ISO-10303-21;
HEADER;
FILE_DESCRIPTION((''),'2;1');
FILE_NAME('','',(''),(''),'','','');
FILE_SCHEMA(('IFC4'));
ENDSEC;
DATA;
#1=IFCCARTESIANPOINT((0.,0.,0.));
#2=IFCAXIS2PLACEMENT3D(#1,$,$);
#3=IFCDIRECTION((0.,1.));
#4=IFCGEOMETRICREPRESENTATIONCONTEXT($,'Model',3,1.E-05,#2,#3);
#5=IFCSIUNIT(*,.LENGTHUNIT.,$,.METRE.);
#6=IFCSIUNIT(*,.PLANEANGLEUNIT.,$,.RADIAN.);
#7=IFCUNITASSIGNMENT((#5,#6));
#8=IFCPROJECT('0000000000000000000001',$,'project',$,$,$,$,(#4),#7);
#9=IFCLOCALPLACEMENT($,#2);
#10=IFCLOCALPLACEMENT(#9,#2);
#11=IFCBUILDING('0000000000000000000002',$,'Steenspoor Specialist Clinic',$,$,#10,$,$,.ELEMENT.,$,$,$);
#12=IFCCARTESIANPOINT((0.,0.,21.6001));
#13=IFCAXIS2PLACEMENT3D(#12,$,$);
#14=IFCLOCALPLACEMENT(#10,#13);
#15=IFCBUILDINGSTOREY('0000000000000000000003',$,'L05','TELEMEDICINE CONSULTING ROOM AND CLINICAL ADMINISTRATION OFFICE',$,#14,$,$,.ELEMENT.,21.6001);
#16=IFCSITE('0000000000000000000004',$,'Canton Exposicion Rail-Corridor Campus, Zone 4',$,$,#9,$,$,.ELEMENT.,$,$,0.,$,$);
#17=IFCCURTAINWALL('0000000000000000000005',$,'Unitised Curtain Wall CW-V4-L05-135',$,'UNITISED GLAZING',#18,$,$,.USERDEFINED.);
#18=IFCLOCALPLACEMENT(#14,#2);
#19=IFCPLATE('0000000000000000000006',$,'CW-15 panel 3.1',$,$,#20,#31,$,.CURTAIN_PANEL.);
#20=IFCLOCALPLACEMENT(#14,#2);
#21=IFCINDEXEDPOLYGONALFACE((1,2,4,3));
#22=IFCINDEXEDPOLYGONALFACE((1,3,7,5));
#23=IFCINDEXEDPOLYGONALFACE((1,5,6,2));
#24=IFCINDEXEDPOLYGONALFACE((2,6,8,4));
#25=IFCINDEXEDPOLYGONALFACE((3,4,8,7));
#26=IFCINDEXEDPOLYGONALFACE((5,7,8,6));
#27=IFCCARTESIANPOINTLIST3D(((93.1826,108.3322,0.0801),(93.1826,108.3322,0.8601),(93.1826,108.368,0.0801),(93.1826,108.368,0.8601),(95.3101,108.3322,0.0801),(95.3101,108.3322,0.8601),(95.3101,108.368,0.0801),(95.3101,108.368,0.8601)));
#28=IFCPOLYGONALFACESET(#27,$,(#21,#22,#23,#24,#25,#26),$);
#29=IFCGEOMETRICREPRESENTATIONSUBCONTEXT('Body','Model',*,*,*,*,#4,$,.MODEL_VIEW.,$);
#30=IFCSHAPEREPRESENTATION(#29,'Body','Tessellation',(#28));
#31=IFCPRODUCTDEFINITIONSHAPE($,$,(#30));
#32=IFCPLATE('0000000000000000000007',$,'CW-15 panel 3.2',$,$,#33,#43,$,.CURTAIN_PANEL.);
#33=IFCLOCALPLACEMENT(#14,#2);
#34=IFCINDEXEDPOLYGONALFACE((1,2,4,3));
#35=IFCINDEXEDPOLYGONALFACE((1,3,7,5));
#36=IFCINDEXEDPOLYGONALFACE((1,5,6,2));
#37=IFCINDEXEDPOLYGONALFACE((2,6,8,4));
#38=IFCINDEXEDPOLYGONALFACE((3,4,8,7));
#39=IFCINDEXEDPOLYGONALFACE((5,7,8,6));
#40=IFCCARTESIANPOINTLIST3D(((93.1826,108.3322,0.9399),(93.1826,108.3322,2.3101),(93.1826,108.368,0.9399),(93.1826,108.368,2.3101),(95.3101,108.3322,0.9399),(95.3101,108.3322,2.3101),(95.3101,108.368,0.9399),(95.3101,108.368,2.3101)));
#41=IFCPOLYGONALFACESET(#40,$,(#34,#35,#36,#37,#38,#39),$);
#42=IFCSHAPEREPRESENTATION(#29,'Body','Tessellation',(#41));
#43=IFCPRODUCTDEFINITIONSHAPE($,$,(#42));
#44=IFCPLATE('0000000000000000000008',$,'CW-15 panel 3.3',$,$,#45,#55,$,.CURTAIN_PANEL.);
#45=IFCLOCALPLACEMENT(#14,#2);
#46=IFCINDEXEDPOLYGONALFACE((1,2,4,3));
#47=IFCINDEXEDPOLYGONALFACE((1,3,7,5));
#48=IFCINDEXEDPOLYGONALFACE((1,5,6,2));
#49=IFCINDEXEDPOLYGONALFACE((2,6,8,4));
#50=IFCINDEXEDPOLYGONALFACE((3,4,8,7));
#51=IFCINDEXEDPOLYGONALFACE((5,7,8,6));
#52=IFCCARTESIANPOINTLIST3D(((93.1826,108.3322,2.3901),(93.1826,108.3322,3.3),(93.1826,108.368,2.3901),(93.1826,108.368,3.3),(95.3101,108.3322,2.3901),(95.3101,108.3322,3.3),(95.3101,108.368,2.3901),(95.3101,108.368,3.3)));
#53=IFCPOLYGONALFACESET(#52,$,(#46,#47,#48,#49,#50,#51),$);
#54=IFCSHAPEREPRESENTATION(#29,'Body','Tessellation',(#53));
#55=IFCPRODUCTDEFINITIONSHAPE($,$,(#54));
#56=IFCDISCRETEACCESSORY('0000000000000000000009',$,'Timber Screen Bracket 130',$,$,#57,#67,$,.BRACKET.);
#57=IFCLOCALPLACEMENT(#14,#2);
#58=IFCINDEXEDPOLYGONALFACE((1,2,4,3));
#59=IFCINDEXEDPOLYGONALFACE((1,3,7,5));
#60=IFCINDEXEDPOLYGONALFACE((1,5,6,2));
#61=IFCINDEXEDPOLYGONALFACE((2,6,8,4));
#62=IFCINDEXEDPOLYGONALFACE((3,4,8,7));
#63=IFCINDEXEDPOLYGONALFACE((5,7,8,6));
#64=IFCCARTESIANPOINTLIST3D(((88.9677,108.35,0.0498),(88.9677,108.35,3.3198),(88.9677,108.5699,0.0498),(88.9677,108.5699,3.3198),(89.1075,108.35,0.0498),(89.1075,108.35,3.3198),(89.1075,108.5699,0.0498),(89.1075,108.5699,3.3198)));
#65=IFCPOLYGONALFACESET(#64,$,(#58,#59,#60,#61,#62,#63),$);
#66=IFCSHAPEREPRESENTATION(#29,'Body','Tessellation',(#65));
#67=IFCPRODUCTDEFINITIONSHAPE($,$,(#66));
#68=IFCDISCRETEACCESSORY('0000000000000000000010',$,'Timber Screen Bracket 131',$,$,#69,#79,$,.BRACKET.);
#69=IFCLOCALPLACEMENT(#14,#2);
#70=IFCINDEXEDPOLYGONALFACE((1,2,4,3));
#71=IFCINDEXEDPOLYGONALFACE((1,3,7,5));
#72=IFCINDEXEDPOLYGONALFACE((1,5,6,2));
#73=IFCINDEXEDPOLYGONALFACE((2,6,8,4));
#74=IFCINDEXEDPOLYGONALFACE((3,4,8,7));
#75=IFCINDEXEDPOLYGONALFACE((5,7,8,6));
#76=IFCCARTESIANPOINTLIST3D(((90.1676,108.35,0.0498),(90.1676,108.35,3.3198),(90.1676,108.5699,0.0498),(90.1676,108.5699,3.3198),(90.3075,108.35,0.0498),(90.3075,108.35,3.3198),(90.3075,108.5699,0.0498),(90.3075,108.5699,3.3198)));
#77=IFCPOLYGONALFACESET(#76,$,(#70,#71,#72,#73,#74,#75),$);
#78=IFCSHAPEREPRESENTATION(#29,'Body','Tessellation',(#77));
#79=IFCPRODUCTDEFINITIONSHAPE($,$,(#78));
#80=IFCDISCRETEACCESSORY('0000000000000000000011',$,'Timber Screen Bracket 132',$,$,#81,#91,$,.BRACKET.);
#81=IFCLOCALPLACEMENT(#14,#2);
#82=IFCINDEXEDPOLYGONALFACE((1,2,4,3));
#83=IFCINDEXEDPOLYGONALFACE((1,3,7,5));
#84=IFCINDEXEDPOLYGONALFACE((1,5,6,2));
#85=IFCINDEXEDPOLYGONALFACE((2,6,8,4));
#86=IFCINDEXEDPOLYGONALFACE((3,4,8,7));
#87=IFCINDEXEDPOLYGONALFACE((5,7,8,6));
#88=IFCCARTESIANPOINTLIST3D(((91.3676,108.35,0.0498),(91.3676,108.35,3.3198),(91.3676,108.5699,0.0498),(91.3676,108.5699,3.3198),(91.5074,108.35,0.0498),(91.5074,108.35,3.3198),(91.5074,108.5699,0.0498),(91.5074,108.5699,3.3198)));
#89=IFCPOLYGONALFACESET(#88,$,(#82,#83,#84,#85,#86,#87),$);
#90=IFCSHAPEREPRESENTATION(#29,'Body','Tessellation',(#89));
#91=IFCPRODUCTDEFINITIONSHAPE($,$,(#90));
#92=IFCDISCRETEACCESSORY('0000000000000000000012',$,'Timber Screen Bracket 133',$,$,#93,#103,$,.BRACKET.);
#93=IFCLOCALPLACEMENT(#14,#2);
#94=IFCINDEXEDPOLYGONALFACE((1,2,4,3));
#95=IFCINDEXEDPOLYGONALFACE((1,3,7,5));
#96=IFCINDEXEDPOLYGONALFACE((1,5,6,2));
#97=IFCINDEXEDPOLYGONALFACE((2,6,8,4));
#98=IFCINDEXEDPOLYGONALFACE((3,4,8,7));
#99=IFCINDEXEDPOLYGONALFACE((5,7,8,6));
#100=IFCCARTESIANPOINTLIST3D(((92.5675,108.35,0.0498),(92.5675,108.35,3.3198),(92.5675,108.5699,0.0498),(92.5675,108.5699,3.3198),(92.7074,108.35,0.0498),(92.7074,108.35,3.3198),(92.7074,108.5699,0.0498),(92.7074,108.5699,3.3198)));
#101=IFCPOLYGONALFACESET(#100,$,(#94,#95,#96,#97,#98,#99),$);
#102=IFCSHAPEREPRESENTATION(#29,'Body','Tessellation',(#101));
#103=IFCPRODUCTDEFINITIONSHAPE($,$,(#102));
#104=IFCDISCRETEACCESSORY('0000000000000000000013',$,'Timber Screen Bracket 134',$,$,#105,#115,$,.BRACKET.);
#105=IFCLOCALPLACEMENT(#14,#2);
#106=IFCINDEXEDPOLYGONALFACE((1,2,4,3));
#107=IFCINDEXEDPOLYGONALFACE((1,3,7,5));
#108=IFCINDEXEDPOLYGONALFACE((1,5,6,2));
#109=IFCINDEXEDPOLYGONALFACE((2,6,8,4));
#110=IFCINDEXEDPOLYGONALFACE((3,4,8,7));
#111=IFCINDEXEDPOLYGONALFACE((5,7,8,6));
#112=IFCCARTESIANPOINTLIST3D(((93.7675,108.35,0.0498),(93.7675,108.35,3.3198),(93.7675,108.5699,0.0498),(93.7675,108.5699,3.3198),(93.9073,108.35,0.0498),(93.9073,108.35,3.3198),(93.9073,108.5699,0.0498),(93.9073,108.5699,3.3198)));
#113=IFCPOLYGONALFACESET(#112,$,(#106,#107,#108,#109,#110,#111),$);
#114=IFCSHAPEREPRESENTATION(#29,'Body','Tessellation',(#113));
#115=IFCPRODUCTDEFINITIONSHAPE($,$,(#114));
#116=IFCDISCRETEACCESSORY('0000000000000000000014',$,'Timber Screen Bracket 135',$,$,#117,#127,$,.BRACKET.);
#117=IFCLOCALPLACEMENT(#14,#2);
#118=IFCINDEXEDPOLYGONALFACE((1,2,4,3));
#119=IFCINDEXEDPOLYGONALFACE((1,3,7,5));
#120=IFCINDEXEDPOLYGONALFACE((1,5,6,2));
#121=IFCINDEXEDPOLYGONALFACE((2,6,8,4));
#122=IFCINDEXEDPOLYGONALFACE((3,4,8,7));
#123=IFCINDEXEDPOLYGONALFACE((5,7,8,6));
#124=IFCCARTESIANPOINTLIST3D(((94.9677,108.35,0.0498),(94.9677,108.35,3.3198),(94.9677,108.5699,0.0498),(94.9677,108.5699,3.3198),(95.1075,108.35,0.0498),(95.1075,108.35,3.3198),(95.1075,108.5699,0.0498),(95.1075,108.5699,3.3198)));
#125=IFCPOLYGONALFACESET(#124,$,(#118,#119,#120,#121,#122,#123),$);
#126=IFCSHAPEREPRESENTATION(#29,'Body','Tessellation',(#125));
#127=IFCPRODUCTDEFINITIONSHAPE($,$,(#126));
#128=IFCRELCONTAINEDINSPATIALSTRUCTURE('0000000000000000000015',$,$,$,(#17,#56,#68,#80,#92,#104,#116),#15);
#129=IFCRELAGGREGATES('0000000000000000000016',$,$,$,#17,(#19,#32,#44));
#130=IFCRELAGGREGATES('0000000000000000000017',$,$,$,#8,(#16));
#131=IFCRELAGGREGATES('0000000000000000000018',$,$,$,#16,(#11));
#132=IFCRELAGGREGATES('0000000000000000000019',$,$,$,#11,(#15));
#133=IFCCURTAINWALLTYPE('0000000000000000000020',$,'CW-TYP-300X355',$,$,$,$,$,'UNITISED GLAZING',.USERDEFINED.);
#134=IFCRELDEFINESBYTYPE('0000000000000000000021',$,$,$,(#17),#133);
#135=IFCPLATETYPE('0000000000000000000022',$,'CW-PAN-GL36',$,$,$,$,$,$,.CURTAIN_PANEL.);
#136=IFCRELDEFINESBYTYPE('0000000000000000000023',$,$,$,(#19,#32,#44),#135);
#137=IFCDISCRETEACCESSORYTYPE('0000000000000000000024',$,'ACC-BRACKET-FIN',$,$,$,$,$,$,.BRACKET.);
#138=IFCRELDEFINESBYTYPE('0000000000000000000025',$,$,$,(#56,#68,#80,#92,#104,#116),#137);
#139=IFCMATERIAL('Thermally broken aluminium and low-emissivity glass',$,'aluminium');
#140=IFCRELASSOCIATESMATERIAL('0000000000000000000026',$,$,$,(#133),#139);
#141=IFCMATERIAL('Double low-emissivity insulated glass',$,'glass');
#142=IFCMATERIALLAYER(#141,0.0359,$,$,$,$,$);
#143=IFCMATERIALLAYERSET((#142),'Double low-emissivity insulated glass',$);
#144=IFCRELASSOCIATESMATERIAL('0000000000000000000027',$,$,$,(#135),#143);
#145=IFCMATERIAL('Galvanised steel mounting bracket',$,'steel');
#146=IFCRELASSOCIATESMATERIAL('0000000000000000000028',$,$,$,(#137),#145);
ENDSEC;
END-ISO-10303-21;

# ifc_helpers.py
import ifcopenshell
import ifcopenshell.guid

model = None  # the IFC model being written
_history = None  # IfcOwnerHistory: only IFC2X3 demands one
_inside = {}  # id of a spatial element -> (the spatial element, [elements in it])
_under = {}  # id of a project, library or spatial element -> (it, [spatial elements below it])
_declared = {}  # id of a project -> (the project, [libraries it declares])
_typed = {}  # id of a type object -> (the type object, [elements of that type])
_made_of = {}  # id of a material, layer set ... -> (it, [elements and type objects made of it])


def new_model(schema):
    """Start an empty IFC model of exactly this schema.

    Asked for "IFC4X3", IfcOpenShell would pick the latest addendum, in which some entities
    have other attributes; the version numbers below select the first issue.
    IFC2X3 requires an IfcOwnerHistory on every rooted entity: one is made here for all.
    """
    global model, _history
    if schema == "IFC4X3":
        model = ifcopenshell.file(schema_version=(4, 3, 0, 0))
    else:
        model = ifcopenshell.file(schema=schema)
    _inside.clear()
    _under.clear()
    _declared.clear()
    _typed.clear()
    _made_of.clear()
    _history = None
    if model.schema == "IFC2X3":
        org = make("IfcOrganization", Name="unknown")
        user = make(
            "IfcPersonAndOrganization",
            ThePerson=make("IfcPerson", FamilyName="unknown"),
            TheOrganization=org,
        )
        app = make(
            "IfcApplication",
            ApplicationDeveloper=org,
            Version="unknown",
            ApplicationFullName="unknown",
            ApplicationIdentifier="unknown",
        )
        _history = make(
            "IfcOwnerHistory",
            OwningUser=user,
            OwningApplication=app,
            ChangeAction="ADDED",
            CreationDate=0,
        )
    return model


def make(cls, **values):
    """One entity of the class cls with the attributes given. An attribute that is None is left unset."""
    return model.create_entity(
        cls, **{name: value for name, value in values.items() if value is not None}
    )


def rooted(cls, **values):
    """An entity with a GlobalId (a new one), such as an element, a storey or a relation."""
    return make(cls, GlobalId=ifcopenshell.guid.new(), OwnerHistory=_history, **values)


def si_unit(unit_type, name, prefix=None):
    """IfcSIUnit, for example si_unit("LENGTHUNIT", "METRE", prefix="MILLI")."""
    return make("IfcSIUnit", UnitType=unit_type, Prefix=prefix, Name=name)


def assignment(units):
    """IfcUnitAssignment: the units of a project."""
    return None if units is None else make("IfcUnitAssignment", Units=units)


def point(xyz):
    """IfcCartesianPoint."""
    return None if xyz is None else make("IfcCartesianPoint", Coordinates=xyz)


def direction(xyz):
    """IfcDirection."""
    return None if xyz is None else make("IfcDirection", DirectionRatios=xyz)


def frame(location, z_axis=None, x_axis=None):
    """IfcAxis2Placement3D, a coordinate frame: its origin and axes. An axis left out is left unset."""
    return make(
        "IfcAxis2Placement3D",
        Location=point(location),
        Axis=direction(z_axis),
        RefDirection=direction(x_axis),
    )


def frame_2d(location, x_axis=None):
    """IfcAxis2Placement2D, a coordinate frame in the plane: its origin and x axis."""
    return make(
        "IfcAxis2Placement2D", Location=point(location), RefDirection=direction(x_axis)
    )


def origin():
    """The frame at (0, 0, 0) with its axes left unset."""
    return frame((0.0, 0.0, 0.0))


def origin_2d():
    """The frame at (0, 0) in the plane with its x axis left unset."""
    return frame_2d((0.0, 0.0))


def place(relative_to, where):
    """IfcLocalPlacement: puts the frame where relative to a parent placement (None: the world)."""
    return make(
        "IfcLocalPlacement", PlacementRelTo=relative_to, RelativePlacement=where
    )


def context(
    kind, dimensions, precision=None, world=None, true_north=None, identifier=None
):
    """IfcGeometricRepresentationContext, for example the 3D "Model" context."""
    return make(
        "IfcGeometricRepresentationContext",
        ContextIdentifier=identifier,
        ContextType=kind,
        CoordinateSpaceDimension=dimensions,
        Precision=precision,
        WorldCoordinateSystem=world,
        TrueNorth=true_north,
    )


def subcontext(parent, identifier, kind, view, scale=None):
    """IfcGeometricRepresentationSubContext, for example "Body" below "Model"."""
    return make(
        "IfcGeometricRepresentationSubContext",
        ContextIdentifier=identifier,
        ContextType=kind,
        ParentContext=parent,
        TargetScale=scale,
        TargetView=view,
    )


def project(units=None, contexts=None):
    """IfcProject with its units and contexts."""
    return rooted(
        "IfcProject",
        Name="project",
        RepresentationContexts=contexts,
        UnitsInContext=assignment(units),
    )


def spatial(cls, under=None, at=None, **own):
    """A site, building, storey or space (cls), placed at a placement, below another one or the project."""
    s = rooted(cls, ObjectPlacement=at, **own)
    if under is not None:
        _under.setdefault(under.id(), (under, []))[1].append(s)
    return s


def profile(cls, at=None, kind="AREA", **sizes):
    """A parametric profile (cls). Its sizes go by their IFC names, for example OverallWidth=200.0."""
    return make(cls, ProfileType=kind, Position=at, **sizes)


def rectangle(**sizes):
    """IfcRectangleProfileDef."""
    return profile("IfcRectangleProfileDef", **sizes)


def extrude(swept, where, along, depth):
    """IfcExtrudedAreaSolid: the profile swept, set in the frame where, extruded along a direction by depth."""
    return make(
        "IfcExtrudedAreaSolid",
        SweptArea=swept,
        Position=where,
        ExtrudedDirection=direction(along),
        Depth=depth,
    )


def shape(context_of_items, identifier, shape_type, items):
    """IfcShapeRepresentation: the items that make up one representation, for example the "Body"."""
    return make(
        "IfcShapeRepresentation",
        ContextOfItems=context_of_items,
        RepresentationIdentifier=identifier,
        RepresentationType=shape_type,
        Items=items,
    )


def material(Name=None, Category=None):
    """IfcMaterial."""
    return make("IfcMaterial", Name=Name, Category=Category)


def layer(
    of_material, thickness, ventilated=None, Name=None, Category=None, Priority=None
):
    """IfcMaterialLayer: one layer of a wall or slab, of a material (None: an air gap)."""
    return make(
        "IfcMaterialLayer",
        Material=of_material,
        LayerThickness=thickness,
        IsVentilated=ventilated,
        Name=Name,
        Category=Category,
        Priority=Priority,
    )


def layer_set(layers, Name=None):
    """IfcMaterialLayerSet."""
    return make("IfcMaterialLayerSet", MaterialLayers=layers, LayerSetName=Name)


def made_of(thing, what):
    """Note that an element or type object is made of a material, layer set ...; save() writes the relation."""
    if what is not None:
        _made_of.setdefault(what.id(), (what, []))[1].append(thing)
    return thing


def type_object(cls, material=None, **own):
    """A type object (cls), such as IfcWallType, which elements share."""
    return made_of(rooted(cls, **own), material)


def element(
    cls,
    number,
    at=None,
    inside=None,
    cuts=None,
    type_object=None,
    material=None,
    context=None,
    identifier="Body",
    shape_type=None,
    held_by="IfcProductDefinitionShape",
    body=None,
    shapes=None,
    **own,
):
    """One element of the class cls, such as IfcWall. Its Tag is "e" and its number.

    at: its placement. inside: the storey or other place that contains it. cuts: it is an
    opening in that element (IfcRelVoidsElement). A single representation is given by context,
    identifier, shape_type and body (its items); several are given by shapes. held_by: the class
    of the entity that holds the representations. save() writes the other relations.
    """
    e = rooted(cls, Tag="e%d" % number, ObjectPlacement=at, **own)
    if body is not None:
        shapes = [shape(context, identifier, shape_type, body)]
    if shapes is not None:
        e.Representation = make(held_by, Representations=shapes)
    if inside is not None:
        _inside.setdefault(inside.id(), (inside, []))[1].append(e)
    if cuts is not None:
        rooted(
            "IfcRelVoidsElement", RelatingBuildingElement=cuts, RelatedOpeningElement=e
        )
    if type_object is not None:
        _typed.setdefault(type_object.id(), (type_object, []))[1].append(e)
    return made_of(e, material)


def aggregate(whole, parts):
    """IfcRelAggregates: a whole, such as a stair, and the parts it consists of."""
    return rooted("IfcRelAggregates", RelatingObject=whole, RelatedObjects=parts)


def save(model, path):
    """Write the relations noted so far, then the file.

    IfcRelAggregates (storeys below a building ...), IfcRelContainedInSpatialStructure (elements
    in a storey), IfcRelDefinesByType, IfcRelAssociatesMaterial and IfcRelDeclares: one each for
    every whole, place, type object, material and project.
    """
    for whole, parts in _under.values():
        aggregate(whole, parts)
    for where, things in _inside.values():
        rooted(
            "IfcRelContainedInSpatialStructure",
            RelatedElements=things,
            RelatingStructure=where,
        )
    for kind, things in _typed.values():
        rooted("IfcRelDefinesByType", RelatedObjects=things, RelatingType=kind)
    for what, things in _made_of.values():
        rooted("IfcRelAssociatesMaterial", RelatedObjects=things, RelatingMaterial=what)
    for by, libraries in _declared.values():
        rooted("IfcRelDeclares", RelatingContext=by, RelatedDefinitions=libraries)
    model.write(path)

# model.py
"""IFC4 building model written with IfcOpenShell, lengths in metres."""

from ifc_helpers import new_model, si_unit, direction, frame, origin, origin_2d, place, context, subcontext, project, spatial, rectangle, extrude, material, layer, layer_set, type_object, element, aggregate, save


model = new_model("IFC4")

# Units and contexts
model_context = context("Model", 3, precision=1e-05, world=origin(), true_north=direction((0.0, 1.0)))
body_context = subcontext(model_context, "Body", "Model", "MODEL_VIEW")
ifc_project = project(units=[si_unit("LENGTHUNIT", "METRE"), si_unit("PLANEANGLEUNIT", "RADIAN")], contexts=[model_context])

# Site, building, storey
site_placement = place(None, origin())
site = spatial("IfcSite", under=ifc_project, at=site_placement, Name="Canton Exposicion Rail-Corridor Campus, Zone 4", CompositionType="ELEMENT", RefElevation=0.0)
building_placement = place(site_placement, origin())
building = spatial("IfcBuilding", under=site, at=building_placement, Name="Steenspoor Specialist Clinic", CompositionType="ELEMENT")
storey_placement = place(building_placement, frame((0.0, 0.0, 21.6001)))
storey = spatial("IfcBuildingStorey", under=building, at=storey_placement, Name="L05", Description="TELEMEDICINE CONSULTING ROOM AND CLINICAL ADMINISTRATION OFFICE", CompositionType="ELEMENT", Elevation=21.6001)

# Curtain wall
ifc_material_1 = material(Name="Thermally broken aluminium and low-emissivity glass", Category="aluminium")
curtain_wall_type = type_object("IfcCurtainWallType", Name="CW-TYP-300X355", ElementType="UNITISED GLAZING", PredefinedType="USERDEFINED", material=ifc_material_1)
curtain_wall_placement = place(storey_placement, origin())
curtain_wall = element("IfcCurtainWall", 1, at=curtain_wall_placement, inside=storey, type_object=curtain_wall_type, Name="Unitised Curtain Wall CW-V4-L05-135", ObjectType="UNITISED GLAZING", PredefinedType="USERDEFINED")

# Plates
ifc_material_2 = material(Name="Double low-emissivity insulated glass", Category="glass")
ifc_layer = layer(ifc_material_2, 0.0359)
ifc_layer_set = layer_set([ifc_layer], Name="Double low-emissivity insulated glass")
plate_type = type_object("IfcPlateType", Name="CW-PAN-GL36", PredefinedType="CURTAIN_PANEL", material=ifc_layer_set)
plate_1_placement = place(storey_placement, frame((94.2463, 108.3501, 0.0801), z_axis=(0.0, 0.0, 1.0), x_axis=(1.0, 0.0, 0.0)))
plate_1 = element("IfcPlate", 2, at=plate_1_placement, type_object=plate_type, Name="CW-15 panel 3.1", PredefinedType="CURTAIN_PANEL", context=body_context, shape_type="SweptSolid", body=[
    extrude(rectangle(XDim=2.1274, YDim=0.0359, at=origin_2d()), origin(), (0.0, 0.0, 1.0), 0.78),
])
plate_2_placement = place(storey_placement, frame((94.2463, 108.3501, 0.9399), z_axis=(0.0, 0.0, 1.0), x_axis=(1.0, 0.0, 0.0)))
plate_2 = element("IfcPlate", 3, at=plate_2_placement, type_object=plate_type, Name="CW-15 panel 3.2", PredefinedType="CURTAIN_PANEL", context=body_context, shape_type="SweptSolid", body=[
    extrude(rectangle(XDim=2.1274, YDim=0.0359, at=origin_2d()), origin(), (0.0, 0.0, 1.0), 1.3701),
])
plate_3_placement = place(storey_placement, frame((94.2463, 108.3501, 2.3901), z_axis=(0.0, 0.0, 1.0), x_axis=(1.0, 0.0, 0.0)))
plate_3 = element("IfcPlate", 4, at=plate_3_placement, type_object=plate_type, Name="CW-15 panel 3.3", PredefinedType="CURTAIN_PANEL", context=body_context, shape_type="SweptSolid", body=[
    extrude(rectangle(XDim=2.1274, YDim=0.0359, at=origin_2d()), origin(), (0.0, 0.0, 1.0), 0.9099),
])
aggregate(curtain_wall, [plate_1, plate_2, plate_3])

# Discrete accessories
ifc_material_3 = material(Name="Galvanised steel mounting bracket", Category="steel")
discrete_accessory_type = type_object("IfcDiscreteAccessoryType", Name="ACC-BRACKET-FIN", PredefinedType="BRACKET", material=ifc_material_3)
for number, where, z_axis, x_axis, name in (
    (5, (89.0376, 108.46, 0.0498), (0.0, 0.0, 1.0), (0.0, 1.0, 0.0), "Timber Screen Bracket 130"),
    (6, (90.2375, 108.46, 0.0498), (0.0, 0.0, 1.0), (0.0, 1.0, 0.0), "Timber Screen Bracket 131"),
    (7, (91.4375, 108.46, 0.0498), (0.0, 0.0, 1.0), (0.0, 1.0, 0.0), "Timber Screen Bracket 132"),
    (8, (92.6375, 108.46, 0.0498), (0.0, 0.0, 1.0), (0.0, 1.0, 0.0), "Timber Screen Bracket 133"),
    (9, (93.8374, 108.46, 0.0498), (0.0, 0.0, 1.0), (0.0, 1.0, 0.0), "Timber Screen Bracket 134"),
    (10, (95.0376, 108.46, 0.0498), (0.0, 0.0, 1.0), (0.0, 1.0, 0.0), "Timber Screen Bracket 135"),
):
    element("IfcDiscreteAccessory", number, at=place(storey_placement, frame(where, z_axis=z_axis, x_axis=x_axis)), inside=storey, type_object=discrete_accessory_type, Name=name, PredefinedType="BRACKET", context=body_context, shape_type="SweptSolid", body=[
        extrude(rectangle(XDim=0.22, YDim=0.1399, at=origin_2d()), origin(), (0.0, 0.0, 1.0), 3.27),
    ])

save(model, "model.ifc")
